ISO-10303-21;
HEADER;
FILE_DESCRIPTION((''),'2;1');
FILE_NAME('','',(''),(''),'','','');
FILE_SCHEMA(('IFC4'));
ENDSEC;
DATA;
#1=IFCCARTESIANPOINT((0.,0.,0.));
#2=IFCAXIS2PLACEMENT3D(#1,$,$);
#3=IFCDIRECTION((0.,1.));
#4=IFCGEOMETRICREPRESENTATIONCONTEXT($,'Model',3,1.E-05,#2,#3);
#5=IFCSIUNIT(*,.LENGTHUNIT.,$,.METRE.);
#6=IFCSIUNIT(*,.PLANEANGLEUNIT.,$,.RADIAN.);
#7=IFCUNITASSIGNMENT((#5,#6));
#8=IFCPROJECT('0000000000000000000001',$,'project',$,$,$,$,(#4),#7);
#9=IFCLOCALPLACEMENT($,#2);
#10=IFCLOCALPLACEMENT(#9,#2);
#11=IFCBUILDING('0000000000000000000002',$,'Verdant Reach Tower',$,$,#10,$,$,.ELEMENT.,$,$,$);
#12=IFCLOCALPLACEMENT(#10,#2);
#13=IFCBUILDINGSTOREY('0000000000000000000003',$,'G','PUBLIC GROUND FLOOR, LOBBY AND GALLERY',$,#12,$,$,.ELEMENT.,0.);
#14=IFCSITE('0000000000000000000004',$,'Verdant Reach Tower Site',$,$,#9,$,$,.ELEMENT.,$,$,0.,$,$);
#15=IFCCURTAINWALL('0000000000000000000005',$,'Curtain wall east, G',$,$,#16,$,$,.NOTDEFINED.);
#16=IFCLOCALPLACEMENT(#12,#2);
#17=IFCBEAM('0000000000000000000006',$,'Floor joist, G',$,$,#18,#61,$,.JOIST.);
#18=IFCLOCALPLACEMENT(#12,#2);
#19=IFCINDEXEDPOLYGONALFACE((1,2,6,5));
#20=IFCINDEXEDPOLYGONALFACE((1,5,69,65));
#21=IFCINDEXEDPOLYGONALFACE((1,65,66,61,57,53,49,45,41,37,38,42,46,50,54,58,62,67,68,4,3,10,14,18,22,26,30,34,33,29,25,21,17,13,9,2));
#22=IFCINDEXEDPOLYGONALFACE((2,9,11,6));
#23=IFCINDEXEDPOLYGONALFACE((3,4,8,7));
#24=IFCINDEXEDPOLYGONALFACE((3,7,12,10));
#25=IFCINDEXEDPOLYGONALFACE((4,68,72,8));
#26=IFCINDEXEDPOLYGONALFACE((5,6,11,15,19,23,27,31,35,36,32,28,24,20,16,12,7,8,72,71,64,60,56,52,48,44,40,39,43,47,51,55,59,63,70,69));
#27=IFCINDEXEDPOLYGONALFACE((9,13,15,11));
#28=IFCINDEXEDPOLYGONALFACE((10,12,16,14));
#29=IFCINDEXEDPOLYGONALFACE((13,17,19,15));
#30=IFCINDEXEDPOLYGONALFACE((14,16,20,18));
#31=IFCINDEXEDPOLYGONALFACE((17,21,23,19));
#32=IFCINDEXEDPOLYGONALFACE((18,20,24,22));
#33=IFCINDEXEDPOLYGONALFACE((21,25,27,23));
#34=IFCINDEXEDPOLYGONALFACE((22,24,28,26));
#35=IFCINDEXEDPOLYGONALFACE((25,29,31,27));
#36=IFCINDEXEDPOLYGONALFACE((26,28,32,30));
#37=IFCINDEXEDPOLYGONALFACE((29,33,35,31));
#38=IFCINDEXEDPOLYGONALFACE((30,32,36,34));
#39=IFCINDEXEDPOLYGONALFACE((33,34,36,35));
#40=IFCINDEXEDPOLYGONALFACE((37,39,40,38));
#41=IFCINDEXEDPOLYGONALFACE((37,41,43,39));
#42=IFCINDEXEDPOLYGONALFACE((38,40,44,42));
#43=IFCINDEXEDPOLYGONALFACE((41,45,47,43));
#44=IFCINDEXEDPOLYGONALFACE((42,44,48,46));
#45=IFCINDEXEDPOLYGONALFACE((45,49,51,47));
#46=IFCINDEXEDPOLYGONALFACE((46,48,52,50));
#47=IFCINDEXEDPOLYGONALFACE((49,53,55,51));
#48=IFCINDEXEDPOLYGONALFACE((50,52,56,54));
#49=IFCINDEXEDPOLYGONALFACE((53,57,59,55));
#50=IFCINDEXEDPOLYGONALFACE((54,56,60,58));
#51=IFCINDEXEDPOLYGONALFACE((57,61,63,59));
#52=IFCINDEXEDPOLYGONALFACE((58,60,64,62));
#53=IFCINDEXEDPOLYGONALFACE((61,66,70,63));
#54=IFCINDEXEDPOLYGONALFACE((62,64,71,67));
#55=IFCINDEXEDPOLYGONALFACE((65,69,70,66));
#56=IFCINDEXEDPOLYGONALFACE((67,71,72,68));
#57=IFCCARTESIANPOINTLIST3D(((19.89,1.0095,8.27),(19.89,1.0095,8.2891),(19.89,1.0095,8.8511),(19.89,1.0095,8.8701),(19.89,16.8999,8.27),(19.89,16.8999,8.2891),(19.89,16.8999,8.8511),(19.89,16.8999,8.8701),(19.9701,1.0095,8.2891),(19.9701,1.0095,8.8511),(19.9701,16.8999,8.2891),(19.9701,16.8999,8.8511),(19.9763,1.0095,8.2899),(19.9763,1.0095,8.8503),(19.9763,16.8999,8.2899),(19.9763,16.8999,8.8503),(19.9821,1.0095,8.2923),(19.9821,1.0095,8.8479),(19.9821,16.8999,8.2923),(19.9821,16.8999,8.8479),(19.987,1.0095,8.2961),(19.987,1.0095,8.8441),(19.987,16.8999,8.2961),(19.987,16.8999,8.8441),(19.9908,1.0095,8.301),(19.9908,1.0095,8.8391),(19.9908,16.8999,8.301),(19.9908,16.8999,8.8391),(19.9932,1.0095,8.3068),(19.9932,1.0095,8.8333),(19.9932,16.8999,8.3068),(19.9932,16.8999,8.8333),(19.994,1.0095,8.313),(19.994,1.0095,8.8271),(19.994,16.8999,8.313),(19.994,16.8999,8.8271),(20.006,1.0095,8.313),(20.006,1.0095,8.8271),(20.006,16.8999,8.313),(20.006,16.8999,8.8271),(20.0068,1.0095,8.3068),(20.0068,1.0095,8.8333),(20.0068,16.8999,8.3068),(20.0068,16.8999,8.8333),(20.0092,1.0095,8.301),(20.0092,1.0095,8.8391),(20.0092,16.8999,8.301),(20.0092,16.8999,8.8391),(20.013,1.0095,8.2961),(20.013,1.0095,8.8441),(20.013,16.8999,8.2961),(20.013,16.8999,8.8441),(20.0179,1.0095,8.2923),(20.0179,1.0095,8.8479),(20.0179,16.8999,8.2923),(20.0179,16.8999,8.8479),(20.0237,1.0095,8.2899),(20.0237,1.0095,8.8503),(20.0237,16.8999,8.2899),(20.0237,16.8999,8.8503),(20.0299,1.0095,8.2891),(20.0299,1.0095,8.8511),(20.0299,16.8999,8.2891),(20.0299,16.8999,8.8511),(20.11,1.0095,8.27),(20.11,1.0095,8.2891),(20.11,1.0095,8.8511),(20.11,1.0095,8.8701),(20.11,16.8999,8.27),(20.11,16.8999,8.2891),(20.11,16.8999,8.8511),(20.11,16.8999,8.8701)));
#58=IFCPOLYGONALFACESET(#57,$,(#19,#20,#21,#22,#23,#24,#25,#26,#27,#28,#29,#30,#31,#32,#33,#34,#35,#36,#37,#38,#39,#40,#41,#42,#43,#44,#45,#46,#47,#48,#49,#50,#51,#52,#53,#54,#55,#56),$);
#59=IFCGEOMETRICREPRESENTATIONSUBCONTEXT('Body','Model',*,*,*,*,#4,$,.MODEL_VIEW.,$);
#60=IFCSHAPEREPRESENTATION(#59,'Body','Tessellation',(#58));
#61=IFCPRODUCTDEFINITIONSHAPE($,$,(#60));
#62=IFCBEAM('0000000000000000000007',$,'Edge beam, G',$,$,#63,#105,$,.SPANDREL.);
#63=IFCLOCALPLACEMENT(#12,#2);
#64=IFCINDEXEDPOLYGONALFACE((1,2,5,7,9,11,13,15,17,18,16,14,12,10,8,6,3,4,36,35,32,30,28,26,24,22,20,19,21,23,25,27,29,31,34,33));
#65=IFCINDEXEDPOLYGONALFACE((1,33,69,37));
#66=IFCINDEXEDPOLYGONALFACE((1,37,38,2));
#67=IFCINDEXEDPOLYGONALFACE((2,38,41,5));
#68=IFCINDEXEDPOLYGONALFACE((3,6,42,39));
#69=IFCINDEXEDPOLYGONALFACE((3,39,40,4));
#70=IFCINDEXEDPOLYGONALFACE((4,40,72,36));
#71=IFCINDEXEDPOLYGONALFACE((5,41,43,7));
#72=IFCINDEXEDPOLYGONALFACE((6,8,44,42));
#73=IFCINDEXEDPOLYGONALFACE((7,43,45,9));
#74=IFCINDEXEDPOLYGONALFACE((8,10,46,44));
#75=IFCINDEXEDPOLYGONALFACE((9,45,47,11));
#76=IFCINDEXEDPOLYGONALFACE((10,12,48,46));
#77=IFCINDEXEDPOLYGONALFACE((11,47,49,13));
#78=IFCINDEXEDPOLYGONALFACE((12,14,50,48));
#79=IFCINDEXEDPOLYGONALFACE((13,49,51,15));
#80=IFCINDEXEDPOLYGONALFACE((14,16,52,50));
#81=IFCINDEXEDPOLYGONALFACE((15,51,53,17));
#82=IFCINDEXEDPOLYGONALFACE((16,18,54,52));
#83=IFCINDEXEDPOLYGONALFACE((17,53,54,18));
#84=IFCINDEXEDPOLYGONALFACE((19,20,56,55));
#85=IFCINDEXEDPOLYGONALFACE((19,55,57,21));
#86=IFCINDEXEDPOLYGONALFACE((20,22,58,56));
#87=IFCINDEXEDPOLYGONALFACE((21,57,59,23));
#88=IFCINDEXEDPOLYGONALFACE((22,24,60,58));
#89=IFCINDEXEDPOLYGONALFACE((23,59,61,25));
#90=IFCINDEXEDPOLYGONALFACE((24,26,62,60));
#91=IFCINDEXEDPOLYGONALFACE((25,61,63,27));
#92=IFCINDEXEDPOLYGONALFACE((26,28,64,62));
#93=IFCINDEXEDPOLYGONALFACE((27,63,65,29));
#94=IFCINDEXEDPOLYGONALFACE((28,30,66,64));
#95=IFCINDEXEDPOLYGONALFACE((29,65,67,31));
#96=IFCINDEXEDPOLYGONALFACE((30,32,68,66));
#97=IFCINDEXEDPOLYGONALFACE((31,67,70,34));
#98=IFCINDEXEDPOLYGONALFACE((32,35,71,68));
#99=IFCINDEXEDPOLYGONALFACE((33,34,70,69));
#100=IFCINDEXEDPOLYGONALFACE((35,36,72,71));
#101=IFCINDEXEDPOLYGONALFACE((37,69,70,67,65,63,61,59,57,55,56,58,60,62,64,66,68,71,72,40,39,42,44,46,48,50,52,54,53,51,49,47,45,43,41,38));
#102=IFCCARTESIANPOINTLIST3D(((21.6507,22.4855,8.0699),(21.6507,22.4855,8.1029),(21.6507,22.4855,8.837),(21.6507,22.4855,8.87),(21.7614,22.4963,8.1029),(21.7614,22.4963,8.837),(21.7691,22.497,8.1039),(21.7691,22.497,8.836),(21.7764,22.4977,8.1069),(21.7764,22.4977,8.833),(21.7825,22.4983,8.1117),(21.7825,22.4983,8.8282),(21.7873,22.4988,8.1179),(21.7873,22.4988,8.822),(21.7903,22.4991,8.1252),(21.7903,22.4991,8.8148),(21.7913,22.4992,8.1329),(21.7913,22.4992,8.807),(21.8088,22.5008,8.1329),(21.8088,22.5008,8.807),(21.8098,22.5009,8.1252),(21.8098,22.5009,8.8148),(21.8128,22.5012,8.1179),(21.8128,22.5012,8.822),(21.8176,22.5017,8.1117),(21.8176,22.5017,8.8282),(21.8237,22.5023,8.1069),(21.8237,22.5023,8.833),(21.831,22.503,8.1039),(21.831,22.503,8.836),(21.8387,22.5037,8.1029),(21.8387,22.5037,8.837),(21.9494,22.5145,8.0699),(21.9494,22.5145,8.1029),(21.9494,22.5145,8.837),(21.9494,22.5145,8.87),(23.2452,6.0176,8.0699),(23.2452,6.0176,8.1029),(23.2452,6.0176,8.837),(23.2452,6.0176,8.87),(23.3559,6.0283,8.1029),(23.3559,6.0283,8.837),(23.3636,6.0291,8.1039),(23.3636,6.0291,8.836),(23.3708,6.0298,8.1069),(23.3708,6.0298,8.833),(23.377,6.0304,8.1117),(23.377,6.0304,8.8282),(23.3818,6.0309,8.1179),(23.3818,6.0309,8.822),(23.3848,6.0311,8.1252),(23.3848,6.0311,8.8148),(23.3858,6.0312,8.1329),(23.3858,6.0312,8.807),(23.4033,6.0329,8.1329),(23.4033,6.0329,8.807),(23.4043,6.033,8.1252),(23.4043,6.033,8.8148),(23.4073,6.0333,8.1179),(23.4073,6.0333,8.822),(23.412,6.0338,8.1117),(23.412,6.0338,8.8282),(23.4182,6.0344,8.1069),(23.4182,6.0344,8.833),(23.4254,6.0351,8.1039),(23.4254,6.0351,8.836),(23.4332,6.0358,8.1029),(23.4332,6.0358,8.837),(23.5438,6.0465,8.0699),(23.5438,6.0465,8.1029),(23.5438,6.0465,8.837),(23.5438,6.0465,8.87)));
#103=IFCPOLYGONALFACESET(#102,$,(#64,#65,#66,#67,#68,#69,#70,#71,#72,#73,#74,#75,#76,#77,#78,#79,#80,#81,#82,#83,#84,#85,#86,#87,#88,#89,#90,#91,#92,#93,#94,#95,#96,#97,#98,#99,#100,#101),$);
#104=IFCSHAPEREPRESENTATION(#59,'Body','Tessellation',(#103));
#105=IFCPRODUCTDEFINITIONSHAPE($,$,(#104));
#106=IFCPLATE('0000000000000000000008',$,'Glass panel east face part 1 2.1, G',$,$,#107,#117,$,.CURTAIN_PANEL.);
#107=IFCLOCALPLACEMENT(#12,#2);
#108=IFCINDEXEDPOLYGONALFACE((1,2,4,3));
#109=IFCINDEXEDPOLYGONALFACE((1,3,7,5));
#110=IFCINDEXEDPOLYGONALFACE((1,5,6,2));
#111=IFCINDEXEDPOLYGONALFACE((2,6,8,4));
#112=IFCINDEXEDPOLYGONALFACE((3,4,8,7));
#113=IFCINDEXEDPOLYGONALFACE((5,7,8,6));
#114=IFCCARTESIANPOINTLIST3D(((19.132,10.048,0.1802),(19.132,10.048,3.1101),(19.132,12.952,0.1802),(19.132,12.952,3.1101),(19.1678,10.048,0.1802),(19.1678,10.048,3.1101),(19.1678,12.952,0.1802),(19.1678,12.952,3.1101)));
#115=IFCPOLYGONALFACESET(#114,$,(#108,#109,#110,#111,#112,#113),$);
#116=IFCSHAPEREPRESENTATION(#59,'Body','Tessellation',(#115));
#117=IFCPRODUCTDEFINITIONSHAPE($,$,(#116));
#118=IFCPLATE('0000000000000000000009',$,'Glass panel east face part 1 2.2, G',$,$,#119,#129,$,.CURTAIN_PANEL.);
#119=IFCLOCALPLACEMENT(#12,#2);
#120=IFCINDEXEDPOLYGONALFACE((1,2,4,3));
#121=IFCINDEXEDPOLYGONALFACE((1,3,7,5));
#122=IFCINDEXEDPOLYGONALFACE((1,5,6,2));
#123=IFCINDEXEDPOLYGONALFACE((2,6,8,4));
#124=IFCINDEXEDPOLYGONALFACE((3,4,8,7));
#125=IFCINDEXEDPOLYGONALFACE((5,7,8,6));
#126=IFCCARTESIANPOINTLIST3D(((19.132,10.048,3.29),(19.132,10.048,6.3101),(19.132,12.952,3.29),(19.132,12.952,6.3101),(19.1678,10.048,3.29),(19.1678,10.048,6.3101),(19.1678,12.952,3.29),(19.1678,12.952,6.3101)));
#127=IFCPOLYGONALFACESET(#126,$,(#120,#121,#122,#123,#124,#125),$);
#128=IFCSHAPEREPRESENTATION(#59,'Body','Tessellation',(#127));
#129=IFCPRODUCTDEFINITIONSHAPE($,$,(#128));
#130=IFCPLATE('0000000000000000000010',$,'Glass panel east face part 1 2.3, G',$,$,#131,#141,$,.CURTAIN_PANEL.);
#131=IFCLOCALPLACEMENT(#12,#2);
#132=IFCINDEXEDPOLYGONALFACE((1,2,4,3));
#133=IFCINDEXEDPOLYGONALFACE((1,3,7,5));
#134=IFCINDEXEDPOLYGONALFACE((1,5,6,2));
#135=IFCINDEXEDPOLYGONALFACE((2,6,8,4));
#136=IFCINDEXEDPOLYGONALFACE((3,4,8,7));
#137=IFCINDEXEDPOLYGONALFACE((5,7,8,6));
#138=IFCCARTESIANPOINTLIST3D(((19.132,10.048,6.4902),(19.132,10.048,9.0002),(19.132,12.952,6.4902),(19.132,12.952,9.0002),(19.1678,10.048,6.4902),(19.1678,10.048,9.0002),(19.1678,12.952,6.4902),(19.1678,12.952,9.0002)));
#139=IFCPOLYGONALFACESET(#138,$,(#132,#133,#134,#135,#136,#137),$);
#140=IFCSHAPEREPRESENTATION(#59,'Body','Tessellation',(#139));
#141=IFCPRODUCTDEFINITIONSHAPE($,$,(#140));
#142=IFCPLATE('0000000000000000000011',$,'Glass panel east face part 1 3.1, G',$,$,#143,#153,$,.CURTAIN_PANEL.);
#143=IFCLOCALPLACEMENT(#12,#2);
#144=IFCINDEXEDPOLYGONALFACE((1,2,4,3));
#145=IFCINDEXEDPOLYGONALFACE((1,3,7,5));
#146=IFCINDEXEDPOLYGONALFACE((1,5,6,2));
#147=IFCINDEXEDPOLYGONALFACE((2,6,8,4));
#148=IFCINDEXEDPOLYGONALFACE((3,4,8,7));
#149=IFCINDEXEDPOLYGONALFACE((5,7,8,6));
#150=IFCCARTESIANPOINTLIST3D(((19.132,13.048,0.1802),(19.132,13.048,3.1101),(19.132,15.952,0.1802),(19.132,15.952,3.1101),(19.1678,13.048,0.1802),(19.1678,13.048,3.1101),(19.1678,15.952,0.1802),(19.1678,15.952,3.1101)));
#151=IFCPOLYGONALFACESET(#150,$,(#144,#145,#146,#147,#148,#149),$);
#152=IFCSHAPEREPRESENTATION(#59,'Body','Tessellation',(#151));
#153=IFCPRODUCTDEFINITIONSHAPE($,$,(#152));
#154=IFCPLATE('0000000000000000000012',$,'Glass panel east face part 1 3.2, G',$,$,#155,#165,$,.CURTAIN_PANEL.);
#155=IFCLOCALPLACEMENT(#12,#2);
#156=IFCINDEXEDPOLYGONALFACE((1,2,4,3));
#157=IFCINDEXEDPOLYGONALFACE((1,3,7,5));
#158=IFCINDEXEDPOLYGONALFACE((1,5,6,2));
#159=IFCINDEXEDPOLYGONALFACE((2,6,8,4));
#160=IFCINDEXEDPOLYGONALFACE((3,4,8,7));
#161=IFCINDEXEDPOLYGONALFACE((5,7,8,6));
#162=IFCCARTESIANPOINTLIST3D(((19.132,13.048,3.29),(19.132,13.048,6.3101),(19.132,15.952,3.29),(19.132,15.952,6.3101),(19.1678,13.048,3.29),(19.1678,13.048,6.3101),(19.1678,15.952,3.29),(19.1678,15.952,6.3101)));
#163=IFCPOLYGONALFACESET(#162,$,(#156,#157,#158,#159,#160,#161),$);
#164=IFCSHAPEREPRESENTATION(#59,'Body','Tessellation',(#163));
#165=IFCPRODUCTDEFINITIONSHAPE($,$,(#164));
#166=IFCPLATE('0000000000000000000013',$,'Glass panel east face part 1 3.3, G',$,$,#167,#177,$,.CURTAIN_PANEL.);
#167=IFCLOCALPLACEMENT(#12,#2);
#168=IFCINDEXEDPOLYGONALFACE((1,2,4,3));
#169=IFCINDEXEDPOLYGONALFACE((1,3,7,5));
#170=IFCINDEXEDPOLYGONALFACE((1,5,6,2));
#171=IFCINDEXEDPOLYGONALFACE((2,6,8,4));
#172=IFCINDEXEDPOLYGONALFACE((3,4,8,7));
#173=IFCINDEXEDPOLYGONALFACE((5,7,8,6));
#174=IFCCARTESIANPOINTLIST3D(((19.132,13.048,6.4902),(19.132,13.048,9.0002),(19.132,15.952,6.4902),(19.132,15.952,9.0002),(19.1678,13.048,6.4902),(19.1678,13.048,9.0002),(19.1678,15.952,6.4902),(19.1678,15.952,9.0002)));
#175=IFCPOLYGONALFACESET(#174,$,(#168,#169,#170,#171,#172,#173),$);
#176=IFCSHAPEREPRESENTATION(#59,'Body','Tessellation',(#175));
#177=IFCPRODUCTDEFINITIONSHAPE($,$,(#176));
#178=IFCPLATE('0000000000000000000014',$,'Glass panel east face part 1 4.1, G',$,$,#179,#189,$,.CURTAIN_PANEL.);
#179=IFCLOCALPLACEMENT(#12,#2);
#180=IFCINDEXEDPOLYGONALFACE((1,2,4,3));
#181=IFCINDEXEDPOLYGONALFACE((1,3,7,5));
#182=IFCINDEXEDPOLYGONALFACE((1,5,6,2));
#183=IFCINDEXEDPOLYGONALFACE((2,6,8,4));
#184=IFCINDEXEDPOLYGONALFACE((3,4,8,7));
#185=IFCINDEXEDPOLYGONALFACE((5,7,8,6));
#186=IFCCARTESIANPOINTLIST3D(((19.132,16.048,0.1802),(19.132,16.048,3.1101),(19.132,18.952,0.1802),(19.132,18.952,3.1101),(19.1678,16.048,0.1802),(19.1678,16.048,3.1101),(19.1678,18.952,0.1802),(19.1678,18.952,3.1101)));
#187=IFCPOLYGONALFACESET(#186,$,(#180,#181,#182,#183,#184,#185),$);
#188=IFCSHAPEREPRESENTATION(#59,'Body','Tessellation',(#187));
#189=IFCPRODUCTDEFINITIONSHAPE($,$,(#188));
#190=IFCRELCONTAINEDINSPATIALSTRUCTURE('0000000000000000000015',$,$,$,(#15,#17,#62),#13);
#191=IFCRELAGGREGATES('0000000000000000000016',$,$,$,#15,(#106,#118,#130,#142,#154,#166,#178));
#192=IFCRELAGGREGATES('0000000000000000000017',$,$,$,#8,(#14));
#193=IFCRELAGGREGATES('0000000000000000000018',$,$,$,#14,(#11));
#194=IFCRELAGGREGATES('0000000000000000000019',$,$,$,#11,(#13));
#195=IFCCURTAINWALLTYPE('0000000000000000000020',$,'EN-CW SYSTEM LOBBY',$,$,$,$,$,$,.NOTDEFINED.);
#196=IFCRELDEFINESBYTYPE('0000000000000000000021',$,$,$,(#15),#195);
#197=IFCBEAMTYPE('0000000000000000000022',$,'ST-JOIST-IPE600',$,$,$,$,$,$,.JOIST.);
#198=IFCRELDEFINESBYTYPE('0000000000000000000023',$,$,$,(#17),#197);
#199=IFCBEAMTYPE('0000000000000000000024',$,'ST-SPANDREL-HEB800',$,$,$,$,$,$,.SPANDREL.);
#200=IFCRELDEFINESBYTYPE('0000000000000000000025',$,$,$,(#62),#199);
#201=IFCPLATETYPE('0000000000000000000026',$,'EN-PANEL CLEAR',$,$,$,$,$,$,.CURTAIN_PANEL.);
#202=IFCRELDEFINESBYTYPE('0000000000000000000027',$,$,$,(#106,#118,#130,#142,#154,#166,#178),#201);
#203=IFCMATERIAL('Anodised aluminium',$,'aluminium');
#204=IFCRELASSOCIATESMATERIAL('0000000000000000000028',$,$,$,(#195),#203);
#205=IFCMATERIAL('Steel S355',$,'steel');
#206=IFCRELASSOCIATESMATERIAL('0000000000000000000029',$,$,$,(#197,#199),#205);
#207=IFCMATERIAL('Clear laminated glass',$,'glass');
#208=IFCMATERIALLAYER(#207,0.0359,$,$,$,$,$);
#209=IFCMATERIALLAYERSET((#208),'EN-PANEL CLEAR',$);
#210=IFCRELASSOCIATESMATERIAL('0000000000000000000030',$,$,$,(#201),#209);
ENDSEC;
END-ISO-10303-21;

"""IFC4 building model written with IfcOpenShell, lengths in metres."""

from ifc_helpers import new_model, si_unit, direction, frame, origin, origin_2d, place, context, subcontext, project, spatial, rectangle, i_section, extrude, material, layer, layer_set, material_profile, profile_set, type_object, element, aggregate, save


model = new_model("IFC4")

# Units and contexts
model_context = context("Model", 3, precision=1e-05, world=origin(), true_north=direction((0.0, 1.0)))
body_context = subcontext(model_context, "Body", "Model", "MODEL_VIEW")
ifc_project = project(units=[si_unit("LENGTHUNIT", "METRE"), si_unit("PLANEANGLEUNIT", "RADIAN")], contexts=[model_context])

# Site, building, storey
site_placement = place(None, origin())
site = spatial("IfcSite", under=ifc_project, at=site_placement, Name="Verdant Reach Tower Site", CompositionType="ELEMENT", RefElevation=0.0)
building_placement = place(site_placement, origin())
building = spatial("IfcBuilding", under=site, at=building_placement, Name="Verdant Reach Tower", CompositionType="ELEMENT")
storey_placement = place(building_placement, origin())
storey = spatial("IfcBuildingStorey", under=building, at=storey_placement, Name="G", Description="PUBLIC GROUND FLOOR, LOBBY AND GALLERY", CompositionType="ELEMENT", Elevation=0.0)

# Curtain wall
ifc_material_1 = material(Name="Anodised aluminium", Category="aluminium")
curtain_wall_type = type_object("IfcCurtainWallType", Name="EN-CW SYSTEM LOBBY", PredefinedType="NOTDEFINED", material=ifc_material_1)
curtain_wall_placement = place(storey_placement, origin())
curtain_wall = element("IfcCurtainWall", 1, at=curtain_wall_placement, inside=storey, type_object=curtain_wall_type, Name="Curtain wall east, G", PredefinedType="NOTDEFINED")

# Beams
ifc_material_2 = material(Name="Steel S355", Category="steel")
ifc_material_profile_1 = material_profile(ifc_material_2, i_section(OverallWidth=0.22, OverallDepth=0.6001, WebThickness=0.012, FlangeThickness=0.019, FilletRadius=0.0239, at=origin_2d()), Name="IPE 600")
ifc_profile_set_1 = profile_set([ifc_material_profile_1], Name="Steel S355")
beam_type_1 = type_object("IfcBeamType", Name="ST-JOIST-IPE600", PredefinedType="JOIST", material=ifc_profile_set_1)
beam_1_placement = place(storey_placement, frame((20.0, 16.8999, 8.5701), z_axis=(0.0, -1.0, 0.0), x_axis=(1.0, 0.0, 0.0)))
element("IfcBeam", 2, at=beam_1_placement, inside=storey, type_object=beam_type_1, Name="Floor joist, G", PredefinedType="JOIST", context=body_context, shape_type="SweptSolid", body=[
    extrude(i_section(OverallWidth=0.22, OverallDepth=0.6001, WebThickness=0.012, FlangeThickness=0.019, FilletRadius=0.0239, at=origin_2d()), origin(), (0.0, 0.0, 1.0), 15.8904),
])
ifc_material_profile_2 = material_profile(ifc_material_2, i_section(OverallWidth=0.3, OverallDepth=0.8, WebThickness=0.0176, FlangeThickness=0.033, FilletRadius=0.03, at=origin_2d()), Name="HEB 800")
ifc_profile_set_2 = profile_set([ifc_material_profile_2], Name="Steel S355")
beam_type_2 = type_object("IfcBeamType", Name="ST-SPANDREL-HEB800", PredefinedType="SPANDREL", material=ifc_profile_set_2)
beam_2_placement = place(storey_placement, frame((21.8, 22.5, 8.47), z_axis=(0.096372, -0.995345, 0.0), x_axis=(0.995345, 0.096372, 0.0)))
element("IfcBeam", 3, at=beam_2_placement, inside=storey, type_object=beam_type_2, Name="Edge beam, G", PredefinedType="SPANDREL", context=body_context, shape_type="SweptSolid", body=[
    extrude(i_section(OverallWidth=0.3, OverallDepth=0.8, WebThickness=0.0176, FlangeThickness=0.033, FilletRadius=0.03, at=origin_2d()), origin(), (0.0, 0.0, 1.0), 16.5449),
])

# Plates
ifc_material_3 = material(Name="Clear laminated glass", Category="glass")
ifc_layer_1 = layer(ifc_material_3, 0.0359)
ifc_layer_set_1 = layer_set([ifc_layer_1], Name="EN-PANEL CLEAR")
plate_type = type_object("IfcPlateType", Name="EN-PANEL CLEAR", PredefinedType="CURTAIN_PANEL", material=ifc_layer_set_1)
plate_1_placement = place(storey_placement, frame((19.1499, 11.5, 0.1802), z_axis=(0.0, 0.0, 1.0), x_axis=(0.0, 1.0, 0.0)))
plate_1 = element("IfcPlate", 4, at=plate_1_placement, type_object=plate_type, Name="Glass panel east face part 1 2.1, G", PredefinedType="CURTAIN_PANEL", context=body_context, shape_type="SweptSolid", body=[
    extrude(rectangle(XDim=2.9041, YDim=0.0359, at=origin_2d()), origin(), (0.0, 0.0, 1.0), 2.9299),
])
plate_2_placement = place(storey_placement, frame((19.1499, 11.5, 3.29), z_axis=(0.0, 0.0, 1.0), x_axis=(0.0, 1.0, 0.0)))
plate_2 = element("IfcPlate", 5, at=plate_2_placement, type_object=plate_type, Name="Glass panel east face part 1 2.2, G", PredefinedType="CURTAIN_PANEL", context=body_context, shape_type="SweptSolid", body=[
    extrude(rectangle(XDim=2.9041, YDim=0.0359, at=origin_2d()), origin(), (0.0, 0.0, 1.0), 3.02),
])
plate_3_placement = place(storey_placement, frame((19.1499, 11.5, 6.4902), z_axis=(0.0, 0.0, 1.0), x_axis=(0.0, 1.0, 0.0)))
plate_3 = element("IfcPlate", 6, at=plate_3_placement, type_object=plate_type, Name="Glass panel east face part 1 2.3, G", PredefinedType="CURTAIN_PANEL", context=body_context, shape_type="SweptSolid", body=[
    extrude(rectangle(XDim=2.9041, YDim=0.0359, at=origin_2d()), origin(), (0.0, 0.0, 1.0), 2.51),
])
plate_4_placement = place(storey_placement, frame((19.1499, 14.5, 0.1802), z_axis=(0.0, 0.0, 1.0), x_axis=(0.0, 1.0, 0.0)))
plate_4 = element("IfcPlate", 7, at=plate_4_placement, type_object=plate_type, Name="Glass panel east face part 1 3.1, G", PredefinedType="CURTAIN_PANEL", context=body_context, shape_type="SweptSolid", body=[
    extrude(rectangle(XDim=2.9041, YDim=0.0359, at=origin_2d()), origin(), (0.0, 0.0, 1.0), 2.9299),
])
plate_5_placement = place(storey_placement, frame((19.1499, 14.5, 3.29), z_axis=(0.0, 0.0, 1.0), x_axis=(0.0, 1.0, 0.0)))
plate_5 = element("IfcPlate", 8, at=plate_5_placement, type_object=plate_type, Name="Glass panel east face part 1 3.2, G", PredefinedType="CURTAIN_PANEL", context=body_context, shape_type="SweptSolid", body=[
    extrude(rectangle(XDim=2.9041, YDim=0.0359, at=origin_2d()), origin(), (0.0, 0.0, 1.0), 3.02),
])
plate_6_placement = place(storey_placement, frame((19.1499, 14.5, 6.4902), z_axis=(0.0, 0.0, 1.0), x_axis=(0.0, 1.0, 0.0)))
plate_6 = element("IfcPlate", 9, at=plate_6_placement, type_object=plate_type, Name="Glass panel east face part 1 3.3, G", PredefinedType="CURTAIN_PANEL", context=body_context, shape_type="SweptSolid", body=[
    extrude(rectangle(XDim=2.9041, YDim=0.0359, at=origin_2d()), origin(), (0.0, 0.0, 1.0), 2.51),
])
plate_7_placement = place(storey_placement, frame((19.1499, 17.5, 0.1802), z_axis=(0.0, 0.0, 1.0), x_axis=(0.0, 1.0, 0.0)))
plate_7 = element("IfcPlate", 10, at=plate_7_placement, type_object=plate_type, Name="Glass panel east face part 1 4.1, G", PredefinedType="CURTAIN_PANEL", context=body_context, shape_type="SweptSolid", body=[
    extrude(rectangle(XDim=2.9041, YDim=0.0359, at=origin_2d()), origin(), (0.0, 0.0, 1.0), 2.9299),
])
aggregate(curtain_wall, [plate_1, plate_2, plate_3, plate_4, plate_5, plate_6, plate_7])

save(model, "model.ifc")
